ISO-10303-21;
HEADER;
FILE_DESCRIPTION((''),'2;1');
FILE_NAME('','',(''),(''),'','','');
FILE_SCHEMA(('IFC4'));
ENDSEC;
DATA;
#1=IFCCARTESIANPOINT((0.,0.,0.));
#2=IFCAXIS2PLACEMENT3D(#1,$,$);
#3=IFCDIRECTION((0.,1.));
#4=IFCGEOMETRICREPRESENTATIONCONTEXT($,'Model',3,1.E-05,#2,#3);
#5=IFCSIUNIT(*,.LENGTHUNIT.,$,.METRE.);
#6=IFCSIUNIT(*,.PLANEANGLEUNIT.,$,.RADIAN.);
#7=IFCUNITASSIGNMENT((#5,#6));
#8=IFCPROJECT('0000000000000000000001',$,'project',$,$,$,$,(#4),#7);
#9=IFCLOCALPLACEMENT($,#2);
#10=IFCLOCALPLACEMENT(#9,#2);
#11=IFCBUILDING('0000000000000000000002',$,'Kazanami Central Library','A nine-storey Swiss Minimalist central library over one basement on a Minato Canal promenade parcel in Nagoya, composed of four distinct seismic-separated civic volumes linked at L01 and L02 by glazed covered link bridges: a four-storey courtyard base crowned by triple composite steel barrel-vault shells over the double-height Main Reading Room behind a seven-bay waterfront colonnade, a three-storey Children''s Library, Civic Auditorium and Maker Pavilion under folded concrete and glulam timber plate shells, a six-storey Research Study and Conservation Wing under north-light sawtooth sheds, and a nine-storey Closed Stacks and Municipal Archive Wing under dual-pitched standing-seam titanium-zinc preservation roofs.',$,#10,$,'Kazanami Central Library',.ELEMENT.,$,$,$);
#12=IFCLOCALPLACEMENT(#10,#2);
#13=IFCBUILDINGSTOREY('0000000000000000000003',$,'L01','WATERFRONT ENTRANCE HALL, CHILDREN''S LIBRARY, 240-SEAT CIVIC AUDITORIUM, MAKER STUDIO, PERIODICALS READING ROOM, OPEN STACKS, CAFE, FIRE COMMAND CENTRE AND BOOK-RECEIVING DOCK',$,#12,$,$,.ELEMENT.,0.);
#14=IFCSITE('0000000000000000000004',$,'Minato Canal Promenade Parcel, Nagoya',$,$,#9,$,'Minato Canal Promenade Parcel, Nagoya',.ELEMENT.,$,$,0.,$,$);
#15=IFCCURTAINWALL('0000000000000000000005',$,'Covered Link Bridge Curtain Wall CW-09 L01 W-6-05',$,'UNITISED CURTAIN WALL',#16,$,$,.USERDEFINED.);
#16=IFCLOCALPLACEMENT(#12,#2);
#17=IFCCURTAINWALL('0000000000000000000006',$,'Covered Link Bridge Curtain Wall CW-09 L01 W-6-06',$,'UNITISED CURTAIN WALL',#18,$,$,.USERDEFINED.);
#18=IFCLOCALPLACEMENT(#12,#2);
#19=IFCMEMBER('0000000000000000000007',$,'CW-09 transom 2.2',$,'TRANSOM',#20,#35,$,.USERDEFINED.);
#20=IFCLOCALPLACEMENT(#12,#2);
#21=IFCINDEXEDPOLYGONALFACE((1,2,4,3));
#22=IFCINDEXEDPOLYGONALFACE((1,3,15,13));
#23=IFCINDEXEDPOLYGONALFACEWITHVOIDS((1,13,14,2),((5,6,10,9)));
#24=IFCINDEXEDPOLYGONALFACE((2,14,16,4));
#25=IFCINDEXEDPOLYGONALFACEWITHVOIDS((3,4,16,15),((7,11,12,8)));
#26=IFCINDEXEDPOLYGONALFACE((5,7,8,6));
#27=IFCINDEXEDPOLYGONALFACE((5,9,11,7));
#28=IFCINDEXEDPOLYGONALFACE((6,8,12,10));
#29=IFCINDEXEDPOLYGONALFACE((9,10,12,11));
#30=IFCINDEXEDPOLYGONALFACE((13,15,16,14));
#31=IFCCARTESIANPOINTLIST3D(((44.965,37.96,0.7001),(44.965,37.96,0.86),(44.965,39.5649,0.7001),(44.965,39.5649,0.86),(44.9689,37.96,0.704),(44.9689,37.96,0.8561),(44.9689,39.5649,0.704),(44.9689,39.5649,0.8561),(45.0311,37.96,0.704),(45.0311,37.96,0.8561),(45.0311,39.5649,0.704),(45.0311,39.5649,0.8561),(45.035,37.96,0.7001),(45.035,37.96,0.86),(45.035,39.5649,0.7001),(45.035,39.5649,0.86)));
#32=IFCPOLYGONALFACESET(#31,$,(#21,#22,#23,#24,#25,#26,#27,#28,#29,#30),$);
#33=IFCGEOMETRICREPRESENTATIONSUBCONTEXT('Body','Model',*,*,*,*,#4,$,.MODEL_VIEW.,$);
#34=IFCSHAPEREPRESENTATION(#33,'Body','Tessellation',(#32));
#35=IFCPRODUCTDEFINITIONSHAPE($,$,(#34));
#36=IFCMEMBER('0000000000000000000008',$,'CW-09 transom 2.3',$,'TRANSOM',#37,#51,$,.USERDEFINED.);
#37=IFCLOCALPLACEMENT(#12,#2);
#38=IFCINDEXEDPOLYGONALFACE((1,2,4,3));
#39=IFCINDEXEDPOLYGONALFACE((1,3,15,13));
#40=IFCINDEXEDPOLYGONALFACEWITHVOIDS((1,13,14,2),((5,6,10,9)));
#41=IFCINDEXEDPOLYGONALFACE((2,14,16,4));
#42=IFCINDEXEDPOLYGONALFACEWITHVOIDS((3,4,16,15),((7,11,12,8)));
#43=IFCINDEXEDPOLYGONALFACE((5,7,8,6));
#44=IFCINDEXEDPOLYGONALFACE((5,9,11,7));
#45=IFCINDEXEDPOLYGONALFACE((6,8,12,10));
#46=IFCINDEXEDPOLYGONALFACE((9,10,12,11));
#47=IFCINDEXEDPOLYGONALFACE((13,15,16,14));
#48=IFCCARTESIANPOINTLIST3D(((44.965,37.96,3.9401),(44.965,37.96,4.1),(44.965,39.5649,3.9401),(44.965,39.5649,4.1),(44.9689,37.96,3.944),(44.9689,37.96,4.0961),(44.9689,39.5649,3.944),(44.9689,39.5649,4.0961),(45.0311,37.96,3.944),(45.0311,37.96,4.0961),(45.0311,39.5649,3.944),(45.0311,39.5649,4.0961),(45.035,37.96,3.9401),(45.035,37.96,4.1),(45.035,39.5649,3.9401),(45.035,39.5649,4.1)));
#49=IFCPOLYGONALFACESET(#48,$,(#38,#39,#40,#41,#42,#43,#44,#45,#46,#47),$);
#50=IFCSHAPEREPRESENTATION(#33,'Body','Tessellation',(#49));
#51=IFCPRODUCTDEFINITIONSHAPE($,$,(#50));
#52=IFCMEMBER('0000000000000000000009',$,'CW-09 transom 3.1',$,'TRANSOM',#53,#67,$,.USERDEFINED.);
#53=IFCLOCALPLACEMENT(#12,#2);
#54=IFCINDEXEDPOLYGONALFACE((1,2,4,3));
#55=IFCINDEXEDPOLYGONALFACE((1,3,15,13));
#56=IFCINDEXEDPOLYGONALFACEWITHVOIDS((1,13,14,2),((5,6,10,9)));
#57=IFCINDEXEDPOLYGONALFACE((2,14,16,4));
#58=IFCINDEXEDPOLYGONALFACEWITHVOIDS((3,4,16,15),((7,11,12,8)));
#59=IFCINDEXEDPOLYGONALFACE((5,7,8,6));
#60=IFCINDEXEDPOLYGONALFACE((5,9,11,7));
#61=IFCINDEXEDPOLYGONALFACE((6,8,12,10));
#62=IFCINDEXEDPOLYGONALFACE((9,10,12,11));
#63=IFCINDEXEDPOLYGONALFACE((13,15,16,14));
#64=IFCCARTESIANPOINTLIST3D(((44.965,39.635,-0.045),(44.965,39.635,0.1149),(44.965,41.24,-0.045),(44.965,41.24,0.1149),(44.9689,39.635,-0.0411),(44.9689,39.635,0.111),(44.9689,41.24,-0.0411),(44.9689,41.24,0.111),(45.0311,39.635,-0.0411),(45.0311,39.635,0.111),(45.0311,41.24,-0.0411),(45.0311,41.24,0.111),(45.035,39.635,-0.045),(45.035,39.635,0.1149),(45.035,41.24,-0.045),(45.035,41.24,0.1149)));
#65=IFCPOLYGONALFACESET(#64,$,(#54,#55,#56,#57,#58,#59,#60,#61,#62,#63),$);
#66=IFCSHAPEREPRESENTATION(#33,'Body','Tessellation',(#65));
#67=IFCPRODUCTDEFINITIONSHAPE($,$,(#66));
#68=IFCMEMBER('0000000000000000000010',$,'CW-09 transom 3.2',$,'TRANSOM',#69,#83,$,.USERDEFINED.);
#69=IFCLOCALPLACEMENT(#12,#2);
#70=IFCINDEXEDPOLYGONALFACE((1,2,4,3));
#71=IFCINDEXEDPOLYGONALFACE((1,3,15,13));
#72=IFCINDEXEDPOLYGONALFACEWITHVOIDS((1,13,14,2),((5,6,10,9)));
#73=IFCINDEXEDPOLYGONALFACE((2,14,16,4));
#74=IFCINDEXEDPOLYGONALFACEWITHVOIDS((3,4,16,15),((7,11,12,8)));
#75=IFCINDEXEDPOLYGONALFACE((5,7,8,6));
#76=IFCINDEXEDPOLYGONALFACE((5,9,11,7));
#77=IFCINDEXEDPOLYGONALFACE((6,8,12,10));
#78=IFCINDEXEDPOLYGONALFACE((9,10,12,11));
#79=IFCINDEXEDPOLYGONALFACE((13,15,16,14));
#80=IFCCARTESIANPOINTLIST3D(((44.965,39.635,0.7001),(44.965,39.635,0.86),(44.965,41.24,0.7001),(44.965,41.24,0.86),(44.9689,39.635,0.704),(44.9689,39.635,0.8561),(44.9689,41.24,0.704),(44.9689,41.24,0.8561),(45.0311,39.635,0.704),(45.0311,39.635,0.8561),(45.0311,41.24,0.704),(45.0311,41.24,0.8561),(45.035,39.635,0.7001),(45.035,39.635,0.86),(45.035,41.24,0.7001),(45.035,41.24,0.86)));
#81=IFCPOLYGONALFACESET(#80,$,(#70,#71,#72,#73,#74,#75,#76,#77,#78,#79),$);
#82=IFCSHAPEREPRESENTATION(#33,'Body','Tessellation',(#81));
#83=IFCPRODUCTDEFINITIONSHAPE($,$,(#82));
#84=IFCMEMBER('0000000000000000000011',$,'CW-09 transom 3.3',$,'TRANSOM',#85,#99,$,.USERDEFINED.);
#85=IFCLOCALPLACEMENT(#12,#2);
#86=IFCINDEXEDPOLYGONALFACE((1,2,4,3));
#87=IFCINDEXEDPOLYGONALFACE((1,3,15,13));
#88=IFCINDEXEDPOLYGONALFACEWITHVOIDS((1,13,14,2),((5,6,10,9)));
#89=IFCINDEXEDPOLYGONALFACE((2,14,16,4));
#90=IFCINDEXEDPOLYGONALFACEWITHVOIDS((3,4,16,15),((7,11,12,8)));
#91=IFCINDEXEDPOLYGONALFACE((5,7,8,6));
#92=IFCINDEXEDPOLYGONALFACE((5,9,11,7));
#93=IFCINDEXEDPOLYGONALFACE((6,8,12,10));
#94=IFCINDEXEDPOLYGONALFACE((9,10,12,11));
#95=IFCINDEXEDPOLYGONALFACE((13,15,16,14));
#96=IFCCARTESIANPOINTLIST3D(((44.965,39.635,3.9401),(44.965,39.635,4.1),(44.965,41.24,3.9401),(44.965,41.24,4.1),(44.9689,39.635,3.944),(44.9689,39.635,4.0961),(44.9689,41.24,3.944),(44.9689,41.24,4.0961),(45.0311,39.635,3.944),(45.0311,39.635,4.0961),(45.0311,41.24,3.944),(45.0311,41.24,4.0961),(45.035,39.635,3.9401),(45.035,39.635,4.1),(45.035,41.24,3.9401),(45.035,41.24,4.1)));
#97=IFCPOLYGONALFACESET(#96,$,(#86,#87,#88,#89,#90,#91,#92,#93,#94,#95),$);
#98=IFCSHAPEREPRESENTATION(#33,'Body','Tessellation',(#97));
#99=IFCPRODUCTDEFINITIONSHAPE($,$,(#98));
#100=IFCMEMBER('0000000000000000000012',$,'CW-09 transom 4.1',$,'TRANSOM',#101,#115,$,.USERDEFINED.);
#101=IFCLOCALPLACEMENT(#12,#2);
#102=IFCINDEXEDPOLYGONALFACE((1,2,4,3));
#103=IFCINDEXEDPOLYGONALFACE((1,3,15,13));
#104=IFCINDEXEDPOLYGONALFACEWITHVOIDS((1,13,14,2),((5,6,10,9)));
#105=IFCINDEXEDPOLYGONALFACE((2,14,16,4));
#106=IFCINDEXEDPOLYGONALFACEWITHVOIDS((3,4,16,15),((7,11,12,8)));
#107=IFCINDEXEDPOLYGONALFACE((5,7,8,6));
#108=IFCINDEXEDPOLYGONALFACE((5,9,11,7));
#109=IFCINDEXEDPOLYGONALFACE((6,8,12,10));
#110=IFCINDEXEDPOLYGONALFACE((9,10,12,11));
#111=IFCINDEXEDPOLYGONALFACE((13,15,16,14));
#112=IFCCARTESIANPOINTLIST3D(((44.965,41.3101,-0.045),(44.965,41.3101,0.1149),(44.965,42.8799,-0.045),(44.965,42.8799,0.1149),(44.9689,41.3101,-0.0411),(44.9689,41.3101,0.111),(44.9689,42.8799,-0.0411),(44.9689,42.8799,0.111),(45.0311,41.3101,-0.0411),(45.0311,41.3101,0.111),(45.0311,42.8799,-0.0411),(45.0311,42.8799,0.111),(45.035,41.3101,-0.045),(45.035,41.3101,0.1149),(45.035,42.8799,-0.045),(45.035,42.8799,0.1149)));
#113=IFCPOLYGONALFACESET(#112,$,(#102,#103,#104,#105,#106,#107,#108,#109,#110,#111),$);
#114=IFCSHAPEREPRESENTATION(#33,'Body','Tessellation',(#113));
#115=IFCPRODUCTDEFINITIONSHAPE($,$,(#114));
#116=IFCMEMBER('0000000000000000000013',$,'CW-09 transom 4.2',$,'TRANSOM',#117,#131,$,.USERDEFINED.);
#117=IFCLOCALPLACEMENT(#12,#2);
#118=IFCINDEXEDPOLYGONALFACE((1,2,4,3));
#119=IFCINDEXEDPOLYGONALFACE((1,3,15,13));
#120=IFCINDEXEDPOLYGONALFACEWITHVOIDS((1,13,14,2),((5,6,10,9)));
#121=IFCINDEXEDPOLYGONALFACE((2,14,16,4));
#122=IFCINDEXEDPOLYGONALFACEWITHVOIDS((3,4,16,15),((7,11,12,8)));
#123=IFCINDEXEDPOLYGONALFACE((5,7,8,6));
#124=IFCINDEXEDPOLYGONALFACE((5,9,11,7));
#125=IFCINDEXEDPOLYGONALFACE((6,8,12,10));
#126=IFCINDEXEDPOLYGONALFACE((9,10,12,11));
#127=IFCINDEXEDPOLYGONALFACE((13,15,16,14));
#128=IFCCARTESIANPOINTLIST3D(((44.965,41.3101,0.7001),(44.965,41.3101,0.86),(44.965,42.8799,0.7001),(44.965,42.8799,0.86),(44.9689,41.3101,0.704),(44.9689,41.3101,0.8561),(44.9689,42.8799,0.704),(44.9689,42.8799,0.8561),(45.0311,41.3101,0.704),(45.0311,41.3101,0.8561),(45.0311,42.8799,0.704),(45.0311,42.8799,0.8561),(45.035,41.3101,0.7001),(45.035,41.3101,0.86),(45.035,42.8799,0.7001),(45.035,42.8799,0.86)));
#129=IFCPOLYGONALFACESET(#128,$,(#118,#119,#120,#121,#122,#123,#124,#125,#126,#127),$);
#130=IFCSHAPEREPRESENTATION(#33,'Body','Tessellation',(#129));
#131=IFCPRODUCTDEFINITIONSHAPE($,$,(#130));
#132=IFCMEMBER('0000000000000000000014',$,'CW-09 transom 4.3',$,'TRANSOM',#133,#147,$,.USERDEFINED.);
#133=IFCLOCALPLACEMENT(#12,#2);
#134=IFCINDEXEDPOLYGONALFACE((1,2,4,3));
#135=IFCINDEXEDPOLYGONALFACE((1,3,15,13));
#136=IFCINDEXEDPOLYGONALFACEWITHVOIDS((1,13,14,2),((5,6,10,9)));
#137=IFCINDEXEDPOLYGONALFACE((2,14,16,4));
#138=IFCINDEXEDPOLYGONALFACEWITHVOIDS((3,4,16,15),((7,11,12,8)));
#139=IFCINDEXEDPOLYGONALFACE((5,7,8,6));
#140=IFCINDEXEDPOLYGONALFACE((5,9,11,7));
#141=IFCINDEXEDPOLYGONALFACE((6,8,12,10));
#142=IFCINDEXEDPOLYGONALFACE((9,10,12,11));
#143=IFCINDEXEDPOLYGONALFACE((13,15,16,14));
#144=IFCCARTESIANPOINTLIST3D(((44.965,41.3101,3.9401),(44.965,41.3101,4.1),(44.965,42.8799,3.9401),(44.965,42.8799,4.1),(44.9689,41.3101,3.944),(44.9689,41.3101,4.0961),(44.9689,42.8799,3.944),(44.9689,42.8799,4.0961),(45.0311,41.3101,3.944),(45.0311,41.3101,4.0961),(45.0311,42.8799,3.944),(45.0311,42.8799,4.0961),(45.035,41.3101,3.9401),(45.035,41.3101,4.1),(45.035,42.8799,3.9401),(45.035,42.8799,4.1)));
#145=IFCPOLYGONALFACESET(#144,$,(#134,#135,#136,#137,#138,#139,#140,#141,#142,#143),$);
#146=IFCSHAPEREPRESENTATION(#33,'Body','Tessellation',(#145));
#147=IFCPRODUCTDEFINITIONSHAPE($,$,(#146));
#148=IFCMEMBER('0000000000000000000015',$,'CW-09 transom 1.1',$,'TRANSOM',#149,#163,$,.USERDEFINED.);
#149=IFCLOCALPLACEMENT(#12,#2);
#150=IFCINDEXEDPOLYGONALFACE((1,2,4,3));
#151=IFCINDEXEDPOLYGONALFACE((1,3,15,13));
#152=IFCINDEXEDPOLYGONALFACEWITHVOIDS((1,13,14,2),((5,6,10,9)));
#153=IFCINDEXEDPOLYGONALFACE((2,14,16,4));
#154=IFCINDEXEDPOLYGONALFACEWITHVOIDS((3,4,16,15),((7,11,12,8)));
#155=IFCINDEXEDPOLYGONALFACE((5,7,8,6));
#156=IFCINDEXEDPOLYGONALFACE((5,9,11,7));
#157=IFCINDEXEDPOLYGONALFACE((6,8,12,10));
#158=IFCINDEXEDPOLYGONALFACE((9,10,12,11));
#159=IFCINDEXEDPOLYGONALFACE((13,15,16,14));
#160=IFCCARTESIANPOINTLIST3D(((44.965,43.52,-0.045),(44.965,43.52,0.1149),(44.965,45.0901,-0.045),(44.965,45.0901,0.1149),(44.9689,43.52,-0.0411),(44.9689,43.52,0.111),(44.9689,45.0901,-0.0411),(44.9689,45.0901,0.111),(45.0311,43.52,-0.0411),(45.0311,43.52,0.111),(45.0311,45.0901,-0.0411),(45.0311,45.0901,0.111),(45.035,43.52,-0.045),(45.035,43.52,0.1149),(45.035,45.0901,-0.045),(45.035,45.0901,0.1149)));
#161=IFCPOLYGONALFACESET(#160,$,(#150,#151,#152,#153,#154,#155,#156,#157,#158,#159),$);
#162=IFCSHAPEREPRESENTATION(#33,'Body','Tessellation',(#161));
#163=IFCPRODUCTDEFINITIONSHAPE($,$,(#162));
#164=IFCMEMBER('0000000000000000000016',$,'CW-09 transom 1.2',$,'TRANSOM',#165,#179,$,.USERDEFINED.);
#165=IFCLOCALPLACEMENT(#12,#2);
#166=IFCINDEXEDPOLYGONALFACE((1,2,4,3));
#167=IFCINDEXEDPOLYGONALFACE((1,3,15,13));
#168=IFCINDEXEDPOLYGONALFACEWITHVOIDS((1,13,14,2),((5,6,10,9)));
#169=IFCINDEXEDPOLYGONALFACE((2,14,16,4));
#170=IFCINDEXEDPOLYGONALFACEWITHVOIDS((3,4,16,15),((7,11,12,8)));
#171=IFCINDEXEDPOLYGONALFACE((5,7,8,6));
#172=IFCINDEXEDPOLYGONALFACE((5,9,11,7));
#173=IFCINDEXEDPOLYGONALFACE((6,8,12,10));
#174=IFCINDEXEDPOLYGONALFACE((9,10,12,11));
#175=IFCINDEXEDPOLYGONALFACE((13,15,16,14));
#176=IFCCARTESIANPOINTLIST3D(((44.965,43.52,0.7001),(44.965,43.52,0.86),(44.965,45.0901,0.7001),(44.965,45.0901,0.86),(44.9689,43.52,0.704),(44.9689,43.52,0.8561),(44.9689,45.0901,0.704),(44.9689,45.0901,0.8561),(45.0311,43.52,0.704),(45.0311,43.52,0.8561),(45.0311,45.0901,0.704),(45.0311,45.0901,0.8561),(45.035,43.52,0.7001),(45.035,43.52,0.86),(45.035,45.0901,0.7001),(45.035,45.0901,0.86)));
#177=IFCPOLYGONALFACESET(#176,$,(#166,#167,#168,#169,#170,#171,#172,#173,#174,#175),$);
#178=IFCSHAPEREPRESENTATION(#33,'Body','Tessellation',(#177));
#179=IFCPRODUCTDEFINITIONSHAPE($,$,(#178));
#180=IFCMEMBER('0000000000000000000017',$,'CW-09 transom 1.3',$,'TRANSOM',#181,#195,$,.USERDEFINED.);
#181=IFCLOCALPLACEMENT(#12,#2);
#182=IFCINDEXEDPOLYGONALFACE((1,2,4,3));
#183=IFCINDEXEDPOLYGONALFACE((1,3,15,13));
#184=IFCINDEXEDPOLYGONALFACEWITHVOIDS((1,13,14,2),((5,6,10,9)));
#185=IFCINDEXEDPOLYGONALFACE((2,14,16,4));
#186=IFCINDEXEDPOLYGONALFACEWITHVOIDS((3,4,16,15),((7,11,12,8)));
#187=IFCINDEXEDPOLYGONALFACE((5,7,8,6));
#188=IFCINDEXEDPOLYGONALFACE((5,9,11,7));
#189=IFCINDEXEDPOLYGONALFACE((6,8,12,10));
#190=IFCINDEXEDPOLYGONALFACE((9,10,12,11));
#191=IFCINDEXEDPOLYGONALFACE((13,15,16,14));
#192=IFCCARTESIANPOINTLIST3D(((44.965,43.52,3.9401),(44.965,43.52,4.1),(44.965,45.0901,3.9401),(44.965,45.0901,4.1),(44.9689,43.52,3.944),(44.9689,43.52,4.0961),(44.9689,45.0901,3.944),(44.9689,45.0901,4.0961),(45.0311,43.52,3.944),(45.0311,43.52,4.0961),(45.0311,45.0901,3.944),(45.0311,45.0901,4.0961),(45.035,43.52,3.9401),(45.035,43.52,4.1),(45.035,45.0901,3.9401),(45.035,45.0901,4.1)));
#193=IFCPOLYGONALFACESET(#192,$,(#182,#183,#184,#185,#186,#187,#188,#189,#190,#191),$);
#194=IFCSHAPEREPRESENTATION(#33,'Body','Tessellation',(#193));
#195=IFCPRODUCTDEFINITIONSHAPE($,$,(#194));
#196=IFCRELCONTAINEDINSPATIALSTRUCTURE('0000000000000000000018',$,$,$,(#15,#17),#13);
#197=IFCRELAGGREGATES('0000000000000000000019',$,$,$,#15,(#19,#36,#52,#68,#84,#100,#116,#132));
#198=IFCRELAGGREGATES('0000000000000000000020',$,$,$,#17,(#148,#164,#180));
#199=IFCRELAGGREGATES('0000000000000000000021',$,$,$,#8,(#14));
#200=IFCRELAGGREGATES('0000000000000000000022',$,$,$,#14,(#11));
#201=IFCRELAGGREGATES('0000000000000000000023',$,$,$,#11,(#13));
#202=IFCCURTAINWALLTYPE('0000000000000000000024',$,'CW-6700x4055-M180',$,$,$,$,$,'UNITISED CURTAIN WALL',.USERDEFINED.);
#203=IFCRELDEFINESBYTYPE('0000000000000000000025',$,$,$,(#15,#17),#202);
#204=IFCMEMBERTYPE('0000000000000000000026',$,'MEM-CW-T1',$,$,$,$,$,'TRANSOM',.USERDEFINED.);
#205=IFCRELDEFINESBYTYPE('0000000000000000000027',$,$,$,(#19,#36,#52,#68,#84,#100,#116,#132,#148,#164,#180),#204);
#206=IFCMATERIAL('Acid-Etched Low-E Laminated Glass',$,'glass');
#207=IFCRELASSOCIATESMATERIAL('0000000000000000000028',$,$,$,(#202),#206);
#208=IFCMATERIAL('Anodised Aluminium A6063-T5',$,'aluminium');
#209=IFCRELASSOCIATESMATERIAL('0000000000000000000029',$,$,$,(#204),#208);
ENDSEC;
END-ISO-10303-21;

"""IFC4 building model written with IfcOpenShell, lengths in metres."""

from ifc_helpers import new_model, si_unit, direction, frame, origin, origin_2d, place, context, subcontext, project, spatial, hollow_rectangle, extrude, material, material_profile, profile_set, type_object, element, aggregate, save


model = new_model("IFC4")

# Units and contexts
model_context = context("Model", 3, precision=1e-05, world=origin(), true_north=direction((0.0, 1.0)))
body_context = subcontext(model_context, "Body", "Model", "MODEL_VIEW")
ifc_project = project(units=[si_unit("LENGTHUNIT", "METRE"), si_unit("PLANEANGLEUNIT", "RADIAN")], contexts=[model_context])

# Site, building, storey
site_placement = place(None, origin())
site = spatial("IfcSite", under=ifc_project, at=site_placement, Name="Minato Canal Promenade Parcel, Nagoya", LongName="Minato Canal Promenade Parcel, Nagoya", CompositionType="ELEMENT", RefElevation=0.0)
building_placement = place(site_placement, origin())
building = spatial("IfcBuilding", under=site, at=building_placement, Name="Kazanami Central Library", Description="A nine-storey Swiss Minimalist central library over one basement on a Minato Canal promenade parcel in Nagoya, composed of four distinct seismic-separated civic volumes linked at L01 and L02 by glazed covered link bridges: a four-storey courtyard base crowned by triple composite steel barrel-vault shells over the double-height Main Reading Room behind a seven-bay waterfront colonnade, a three-storey Children's Library, Civic Auditorium and Maker Pavilion under folded concrete and glulam timber plate shells, a six-storey Research Study and Conservation Wing under north-light sawtooth sheds, and a nine-storey Closed Stacks and Municipal Archive Wing under dual-pitched standing-seam titanium-zinc preservation roofs.", LongName="Kazanami Central Library", CompositionType="ELEMENT")
storey_placement = place(building_placement, origin())
storey = spatial("IfcBuildingStorey", under=building, at=storey_placement, Name="L01", Description="WATERFRONT ENTRANCE HALL, CHILDREN'S LIBRARY, 240-SEAT CIVIC AUDITORIUM, MAKER STUDIO, PERIODICALS READING ROOM, OPEN STACKS, CAFE, FIRE COMMAND CENTRE AND BOOK-RECEIVING DOCK", CompositionType="ELEMENT", Elevation=0.0)

# Curtain walls
ifc_material_1 = material(Name="Acid-Etched Low-E Laminated Glass", Category="glass")
curtain_wall_type = type_object("IfcCurtainWallType", Name="CW-6700x4055-M180", ElementType="UNITISED CURTAIN WALL", PredefinedType="USERDEFINED", material=ifc_material_1)
curtain_wall_1_placement = place(storey_placement, origin())
curtain_wall_1 = element("IfcCurtainWall", 1, at=curtain_wall_1_placement, inside=storey, type_object=curtain_wall_type, Name="Covered Link Bridge Curtain Wall CW-09 L01 W-6-05", ObjectType="UNITISED CURTAIN WALL", PredefinedType="USERDEFINED")
ifc_material_2 = material(Name="Anodised Aluminium A6063-T5", Category="aluminium")
curtain_wall_2_placement = place(storey_placement, origin())
curtain_wall_2 = element("IfcCurtainWall", 2, at=curtain_wall_2_placement, inside=storey, type_object=curtain_wall_type, Name="Covered Link Bridge Curtain Wall CW-09 L01 W-6-06", ObjectType="UNITISED CURTAIN WALL", PredefinedType="USERDEFINED")

# Members
ifc_material_profile_1 = material_profile(ifc_material_2, hollow_rectangle(XDim=0.0701, YDim=0.1599, WallThickness=0.0039, at=origin_2d()), Name="ALU-TRAN-70x160x4")
ifc_profile_set_1 = profile_set([ifc_material_profile_1], Name="Anodised Aluminium A6063-T5")
member_type_1 = type_object("IfcMemberType", Name="MEM-CW-T1", ElementType="TRANSOM", PredefinedType="USERDEFINED", material=ifc_profile_set_1)
member_1_placement = place(storey_placement, frame((45.0, 37.96, 0.78), z_axis=(0.0, 1.0, 0.0), x_axis=(-1.0, 0.0, 0.0)))
member_1 = element("IfcMember", 3, at=member_1_placement, type_object=member_type_1, Name="CW-09 transom 2.2", ObjectType="TRANSOM", PredefinedType="USERDEFINED", context=body_context, shape_type="SweptSolid", body=[
    extrude(hollow_rectangle(XDim=0.0701, YDim=0.1599, WallThickness=0.0039, at=origin_2d()), origin(), (0.0, 0.0, 1.0), 1.605),
])
member_2_placement = place(storey_placement, frame((45.0, 37.96, 4.02), z_axis=(0.0, 1.0, 0.0), x_axis=(-1.0, 0.0, 0.0)))
member_2 = element("IfcMember", 4, at=member_2_placement, type_object=member_type_1, Name="CW-09 transom 2.3", ObjectType="TRANSOM", PredefinedType="USERDEFINED", context=body_context, shape_type="SweptSolid", body=[
    extrude(hollow_rectangle(XDim=0.0701, YDim=0.1599, WallThickness=0.0039, at=origin_2d()), origin(), (0.0, 0.0, 1.0), 1.605),
])
member_3_placement = place(storey_placement, frame((45.0, 39.635, 0.0349), z_axis=(0.0, 1.0, 0.0), x_axis=(-1.0, 0.0, 0.0)))
member_3 = element("IfcMember", 5, at=member_3_placement, type_object=member_type_1, Name="CW-09 transom 3.1", ObjectType="TRANSOM", PredefinedType="USERDEFINED", context=body_context, shape_type="SweptSolid", body=[
    extrude(hollow_rectangle(XDim=0.0701, YDim=0.1599, WallThickness=0.0039, at=origin_2d()), origin(), (0.0, 0.0, 1.0), 1.605),
])
member_4_placement = place(storey_placement, frame((45.0, 39.635, 0.78), z_axis=(0.0, 1.0, 0.0), x_axis=(-1.0, 0.0, 0.0)))
member_4 = element("IfcMember", 6, at=member_4_placement, type_object=member_type_1, Name="CW-09 transom 3.2", ObjectType="TRANSOM", PredefinedType="USERDEFINED", context=body_context, shape_type="SweptSolid", body=[
    extrude(hollow_rectangle(XDim=0.0701, YDim=0.1599, WallThickness=0.0039, at=origin_2d()), origin(), (0.0, 0.0, 1.0), 1.605),
])
member_5_placement = place(storey_placement, frame((45.0, 39.635, 4.02), z_axis=(0.0, 1.0, 0.0), x_axis=(-1.0, 0.0, 0.0)))
member_5 = element("IfcMember", 7, at=member_5_placement, type_object=member_type_1, Name="CW-09 transom 3.3", ObjectType="TRANSOM", PredefinedType="USERDEFINED", context=body_context, shape_type="SweptSolid", body=[
    extrude(hollow_rectangle(XDim=0.0701, YDim=0.1599, WallThickness=0.0039, at=origin_2d()), origin(), (0.0, 0.0, 1.0), 1.605),
])
member_6_placement = place(storey_placement, frame((45.0, 41.3101, 0.0349), z_axis=(0.0, 1.0, 0.0), x_axis=(-1.0, 0.0, 0.0)))
member_6 = element("IfcMember", 8, at=member_6_placement, type_object=member_type_1, Name="CW-09 transom 4.1", ObjectType="TRANSOM", PredefinedType="USERDEFINED", context=body_context, shape_type="SweptSolid", body=[
    extrude(hollow_rectangle(XDim=0.0701, YDim=0.1599, WallThickness=0.0039, at=origin_2d()), origin(), (0.0, 0.0, 1.0), 1.5698),
])
member_7_placement = place(storey_placement, frame((45.0, 41.3101, 0.78), z_axis=(0.0, 1.0, 0.0), x_axis=(-1.0, 0.0, 0.0)))
member_7 = element("IfcMember", 9, at=member_7_placement, type_object=member_type_1, Name="CW-09 transom 4.2", ObjectType="TRANSOM", PredefinedType="USERDEFINED", context=body_context, shape_type="SweptSolid", body=[
    extrude(hollow_rectangle(XDim=0.0701, YDim=0.1599, WallThickness=0.0039, at=origin_2d()), origin(), (0.0, 0.0, 1.0), 1.5698),
])
member_8_placement = place(storey_placement, frame((45.0, 41.3101, 4.02), z_axis=(0.0, 1.0, 0.0), x_axis=(-1.0, 0.0, 0.0)))
member_8 = element("IfcMember", 10, at=member_8_placement, type_object=member_type_1, Name="CW-09 transom 4.3", ObjectType="TRANSOM", PredefinedType="USERDEFINED", context=body_context, shape_type="SweptSolid", body=[
    extrude(hollow_rectangle(XDim=0.0701, YDim=0.1599, WallThickness=0.0039, at=origin_2d()), origin(), (0.0, 0.0, 1.0), 1.5698),
])
member_9_placement = place(storey_placement, frame((45.0, 43.52, 0.0349), z_axis=(0.0, 1.0, 0.0), x_axis=(-1.0, 0.0, 0.0)))
member_9 = element("IfcMember", 11, at=member_9_placement, type_object=member_type_1, Name="CW-09 transom 1.1", ObjectType="TRANSOM", PredefinedType="USERDEFINED", context=body_context, shape_type="SweptSolid", body=[
    extrude(hollow_rectangle(XDim=0.0701, YDim=0.1599, WallThickness=0.0039, at=origin_2d()), origin(), (0.0, 0.0, 1.0), 1.5701),
])
member_10_placement = place(storey_placement, frame((45.0, 43.52, 0.78), z_axis=(0.0, 1.0, 0.0), x_axis=(-1.0, 0.0, 0.0)))
member_10 = element("IfcMember", 12, at=member_10_placement, type_object=member_type_1, Name="CW-09 transom 1.2", ObjectType="TRANSOM", PredefinedType="USERDEFINED", context=body_context, shape_type="SweptSolid", body=[
    extrude(hollow_rectangle(XDim=0.0701, YDim=0.1599, WallThickness=0.0039, at=origin_2d()), origin(), (0.0, 0.0, 1.0), 1.5701),
])
member_11_placement = place(storey_placement, frame((45.0, 43.52, 4.02), z_axis=(0.0, 1.0, 0.0), x_axis=(-1.0, 0.0, 0.0)))
member_11 = element("IfcMember", 13, at=member_11_placement, type_object=member_type_1, Name="CW-09 transom 1.3", ObjectType="TRANSOM", PredefinedType="USERDEFINED", context=body_context, shape_type="SweptSolid", body=[
    extrude(hollow_rectangle(XDim=0.0701, YDim=0.1599, WallThickness=0.0039, at=origin_2d()), origin(), (0.0, 0.0, 1.0), 1.5701),
])

aggregate(curtain_wall_1, [member_1, member_2, member_3, member_4, member_5, member_6, member_7, member_8])
aggregate(curtain_wall_2, [member_9, member_10, member_11])

save(model, "model.ifc")
